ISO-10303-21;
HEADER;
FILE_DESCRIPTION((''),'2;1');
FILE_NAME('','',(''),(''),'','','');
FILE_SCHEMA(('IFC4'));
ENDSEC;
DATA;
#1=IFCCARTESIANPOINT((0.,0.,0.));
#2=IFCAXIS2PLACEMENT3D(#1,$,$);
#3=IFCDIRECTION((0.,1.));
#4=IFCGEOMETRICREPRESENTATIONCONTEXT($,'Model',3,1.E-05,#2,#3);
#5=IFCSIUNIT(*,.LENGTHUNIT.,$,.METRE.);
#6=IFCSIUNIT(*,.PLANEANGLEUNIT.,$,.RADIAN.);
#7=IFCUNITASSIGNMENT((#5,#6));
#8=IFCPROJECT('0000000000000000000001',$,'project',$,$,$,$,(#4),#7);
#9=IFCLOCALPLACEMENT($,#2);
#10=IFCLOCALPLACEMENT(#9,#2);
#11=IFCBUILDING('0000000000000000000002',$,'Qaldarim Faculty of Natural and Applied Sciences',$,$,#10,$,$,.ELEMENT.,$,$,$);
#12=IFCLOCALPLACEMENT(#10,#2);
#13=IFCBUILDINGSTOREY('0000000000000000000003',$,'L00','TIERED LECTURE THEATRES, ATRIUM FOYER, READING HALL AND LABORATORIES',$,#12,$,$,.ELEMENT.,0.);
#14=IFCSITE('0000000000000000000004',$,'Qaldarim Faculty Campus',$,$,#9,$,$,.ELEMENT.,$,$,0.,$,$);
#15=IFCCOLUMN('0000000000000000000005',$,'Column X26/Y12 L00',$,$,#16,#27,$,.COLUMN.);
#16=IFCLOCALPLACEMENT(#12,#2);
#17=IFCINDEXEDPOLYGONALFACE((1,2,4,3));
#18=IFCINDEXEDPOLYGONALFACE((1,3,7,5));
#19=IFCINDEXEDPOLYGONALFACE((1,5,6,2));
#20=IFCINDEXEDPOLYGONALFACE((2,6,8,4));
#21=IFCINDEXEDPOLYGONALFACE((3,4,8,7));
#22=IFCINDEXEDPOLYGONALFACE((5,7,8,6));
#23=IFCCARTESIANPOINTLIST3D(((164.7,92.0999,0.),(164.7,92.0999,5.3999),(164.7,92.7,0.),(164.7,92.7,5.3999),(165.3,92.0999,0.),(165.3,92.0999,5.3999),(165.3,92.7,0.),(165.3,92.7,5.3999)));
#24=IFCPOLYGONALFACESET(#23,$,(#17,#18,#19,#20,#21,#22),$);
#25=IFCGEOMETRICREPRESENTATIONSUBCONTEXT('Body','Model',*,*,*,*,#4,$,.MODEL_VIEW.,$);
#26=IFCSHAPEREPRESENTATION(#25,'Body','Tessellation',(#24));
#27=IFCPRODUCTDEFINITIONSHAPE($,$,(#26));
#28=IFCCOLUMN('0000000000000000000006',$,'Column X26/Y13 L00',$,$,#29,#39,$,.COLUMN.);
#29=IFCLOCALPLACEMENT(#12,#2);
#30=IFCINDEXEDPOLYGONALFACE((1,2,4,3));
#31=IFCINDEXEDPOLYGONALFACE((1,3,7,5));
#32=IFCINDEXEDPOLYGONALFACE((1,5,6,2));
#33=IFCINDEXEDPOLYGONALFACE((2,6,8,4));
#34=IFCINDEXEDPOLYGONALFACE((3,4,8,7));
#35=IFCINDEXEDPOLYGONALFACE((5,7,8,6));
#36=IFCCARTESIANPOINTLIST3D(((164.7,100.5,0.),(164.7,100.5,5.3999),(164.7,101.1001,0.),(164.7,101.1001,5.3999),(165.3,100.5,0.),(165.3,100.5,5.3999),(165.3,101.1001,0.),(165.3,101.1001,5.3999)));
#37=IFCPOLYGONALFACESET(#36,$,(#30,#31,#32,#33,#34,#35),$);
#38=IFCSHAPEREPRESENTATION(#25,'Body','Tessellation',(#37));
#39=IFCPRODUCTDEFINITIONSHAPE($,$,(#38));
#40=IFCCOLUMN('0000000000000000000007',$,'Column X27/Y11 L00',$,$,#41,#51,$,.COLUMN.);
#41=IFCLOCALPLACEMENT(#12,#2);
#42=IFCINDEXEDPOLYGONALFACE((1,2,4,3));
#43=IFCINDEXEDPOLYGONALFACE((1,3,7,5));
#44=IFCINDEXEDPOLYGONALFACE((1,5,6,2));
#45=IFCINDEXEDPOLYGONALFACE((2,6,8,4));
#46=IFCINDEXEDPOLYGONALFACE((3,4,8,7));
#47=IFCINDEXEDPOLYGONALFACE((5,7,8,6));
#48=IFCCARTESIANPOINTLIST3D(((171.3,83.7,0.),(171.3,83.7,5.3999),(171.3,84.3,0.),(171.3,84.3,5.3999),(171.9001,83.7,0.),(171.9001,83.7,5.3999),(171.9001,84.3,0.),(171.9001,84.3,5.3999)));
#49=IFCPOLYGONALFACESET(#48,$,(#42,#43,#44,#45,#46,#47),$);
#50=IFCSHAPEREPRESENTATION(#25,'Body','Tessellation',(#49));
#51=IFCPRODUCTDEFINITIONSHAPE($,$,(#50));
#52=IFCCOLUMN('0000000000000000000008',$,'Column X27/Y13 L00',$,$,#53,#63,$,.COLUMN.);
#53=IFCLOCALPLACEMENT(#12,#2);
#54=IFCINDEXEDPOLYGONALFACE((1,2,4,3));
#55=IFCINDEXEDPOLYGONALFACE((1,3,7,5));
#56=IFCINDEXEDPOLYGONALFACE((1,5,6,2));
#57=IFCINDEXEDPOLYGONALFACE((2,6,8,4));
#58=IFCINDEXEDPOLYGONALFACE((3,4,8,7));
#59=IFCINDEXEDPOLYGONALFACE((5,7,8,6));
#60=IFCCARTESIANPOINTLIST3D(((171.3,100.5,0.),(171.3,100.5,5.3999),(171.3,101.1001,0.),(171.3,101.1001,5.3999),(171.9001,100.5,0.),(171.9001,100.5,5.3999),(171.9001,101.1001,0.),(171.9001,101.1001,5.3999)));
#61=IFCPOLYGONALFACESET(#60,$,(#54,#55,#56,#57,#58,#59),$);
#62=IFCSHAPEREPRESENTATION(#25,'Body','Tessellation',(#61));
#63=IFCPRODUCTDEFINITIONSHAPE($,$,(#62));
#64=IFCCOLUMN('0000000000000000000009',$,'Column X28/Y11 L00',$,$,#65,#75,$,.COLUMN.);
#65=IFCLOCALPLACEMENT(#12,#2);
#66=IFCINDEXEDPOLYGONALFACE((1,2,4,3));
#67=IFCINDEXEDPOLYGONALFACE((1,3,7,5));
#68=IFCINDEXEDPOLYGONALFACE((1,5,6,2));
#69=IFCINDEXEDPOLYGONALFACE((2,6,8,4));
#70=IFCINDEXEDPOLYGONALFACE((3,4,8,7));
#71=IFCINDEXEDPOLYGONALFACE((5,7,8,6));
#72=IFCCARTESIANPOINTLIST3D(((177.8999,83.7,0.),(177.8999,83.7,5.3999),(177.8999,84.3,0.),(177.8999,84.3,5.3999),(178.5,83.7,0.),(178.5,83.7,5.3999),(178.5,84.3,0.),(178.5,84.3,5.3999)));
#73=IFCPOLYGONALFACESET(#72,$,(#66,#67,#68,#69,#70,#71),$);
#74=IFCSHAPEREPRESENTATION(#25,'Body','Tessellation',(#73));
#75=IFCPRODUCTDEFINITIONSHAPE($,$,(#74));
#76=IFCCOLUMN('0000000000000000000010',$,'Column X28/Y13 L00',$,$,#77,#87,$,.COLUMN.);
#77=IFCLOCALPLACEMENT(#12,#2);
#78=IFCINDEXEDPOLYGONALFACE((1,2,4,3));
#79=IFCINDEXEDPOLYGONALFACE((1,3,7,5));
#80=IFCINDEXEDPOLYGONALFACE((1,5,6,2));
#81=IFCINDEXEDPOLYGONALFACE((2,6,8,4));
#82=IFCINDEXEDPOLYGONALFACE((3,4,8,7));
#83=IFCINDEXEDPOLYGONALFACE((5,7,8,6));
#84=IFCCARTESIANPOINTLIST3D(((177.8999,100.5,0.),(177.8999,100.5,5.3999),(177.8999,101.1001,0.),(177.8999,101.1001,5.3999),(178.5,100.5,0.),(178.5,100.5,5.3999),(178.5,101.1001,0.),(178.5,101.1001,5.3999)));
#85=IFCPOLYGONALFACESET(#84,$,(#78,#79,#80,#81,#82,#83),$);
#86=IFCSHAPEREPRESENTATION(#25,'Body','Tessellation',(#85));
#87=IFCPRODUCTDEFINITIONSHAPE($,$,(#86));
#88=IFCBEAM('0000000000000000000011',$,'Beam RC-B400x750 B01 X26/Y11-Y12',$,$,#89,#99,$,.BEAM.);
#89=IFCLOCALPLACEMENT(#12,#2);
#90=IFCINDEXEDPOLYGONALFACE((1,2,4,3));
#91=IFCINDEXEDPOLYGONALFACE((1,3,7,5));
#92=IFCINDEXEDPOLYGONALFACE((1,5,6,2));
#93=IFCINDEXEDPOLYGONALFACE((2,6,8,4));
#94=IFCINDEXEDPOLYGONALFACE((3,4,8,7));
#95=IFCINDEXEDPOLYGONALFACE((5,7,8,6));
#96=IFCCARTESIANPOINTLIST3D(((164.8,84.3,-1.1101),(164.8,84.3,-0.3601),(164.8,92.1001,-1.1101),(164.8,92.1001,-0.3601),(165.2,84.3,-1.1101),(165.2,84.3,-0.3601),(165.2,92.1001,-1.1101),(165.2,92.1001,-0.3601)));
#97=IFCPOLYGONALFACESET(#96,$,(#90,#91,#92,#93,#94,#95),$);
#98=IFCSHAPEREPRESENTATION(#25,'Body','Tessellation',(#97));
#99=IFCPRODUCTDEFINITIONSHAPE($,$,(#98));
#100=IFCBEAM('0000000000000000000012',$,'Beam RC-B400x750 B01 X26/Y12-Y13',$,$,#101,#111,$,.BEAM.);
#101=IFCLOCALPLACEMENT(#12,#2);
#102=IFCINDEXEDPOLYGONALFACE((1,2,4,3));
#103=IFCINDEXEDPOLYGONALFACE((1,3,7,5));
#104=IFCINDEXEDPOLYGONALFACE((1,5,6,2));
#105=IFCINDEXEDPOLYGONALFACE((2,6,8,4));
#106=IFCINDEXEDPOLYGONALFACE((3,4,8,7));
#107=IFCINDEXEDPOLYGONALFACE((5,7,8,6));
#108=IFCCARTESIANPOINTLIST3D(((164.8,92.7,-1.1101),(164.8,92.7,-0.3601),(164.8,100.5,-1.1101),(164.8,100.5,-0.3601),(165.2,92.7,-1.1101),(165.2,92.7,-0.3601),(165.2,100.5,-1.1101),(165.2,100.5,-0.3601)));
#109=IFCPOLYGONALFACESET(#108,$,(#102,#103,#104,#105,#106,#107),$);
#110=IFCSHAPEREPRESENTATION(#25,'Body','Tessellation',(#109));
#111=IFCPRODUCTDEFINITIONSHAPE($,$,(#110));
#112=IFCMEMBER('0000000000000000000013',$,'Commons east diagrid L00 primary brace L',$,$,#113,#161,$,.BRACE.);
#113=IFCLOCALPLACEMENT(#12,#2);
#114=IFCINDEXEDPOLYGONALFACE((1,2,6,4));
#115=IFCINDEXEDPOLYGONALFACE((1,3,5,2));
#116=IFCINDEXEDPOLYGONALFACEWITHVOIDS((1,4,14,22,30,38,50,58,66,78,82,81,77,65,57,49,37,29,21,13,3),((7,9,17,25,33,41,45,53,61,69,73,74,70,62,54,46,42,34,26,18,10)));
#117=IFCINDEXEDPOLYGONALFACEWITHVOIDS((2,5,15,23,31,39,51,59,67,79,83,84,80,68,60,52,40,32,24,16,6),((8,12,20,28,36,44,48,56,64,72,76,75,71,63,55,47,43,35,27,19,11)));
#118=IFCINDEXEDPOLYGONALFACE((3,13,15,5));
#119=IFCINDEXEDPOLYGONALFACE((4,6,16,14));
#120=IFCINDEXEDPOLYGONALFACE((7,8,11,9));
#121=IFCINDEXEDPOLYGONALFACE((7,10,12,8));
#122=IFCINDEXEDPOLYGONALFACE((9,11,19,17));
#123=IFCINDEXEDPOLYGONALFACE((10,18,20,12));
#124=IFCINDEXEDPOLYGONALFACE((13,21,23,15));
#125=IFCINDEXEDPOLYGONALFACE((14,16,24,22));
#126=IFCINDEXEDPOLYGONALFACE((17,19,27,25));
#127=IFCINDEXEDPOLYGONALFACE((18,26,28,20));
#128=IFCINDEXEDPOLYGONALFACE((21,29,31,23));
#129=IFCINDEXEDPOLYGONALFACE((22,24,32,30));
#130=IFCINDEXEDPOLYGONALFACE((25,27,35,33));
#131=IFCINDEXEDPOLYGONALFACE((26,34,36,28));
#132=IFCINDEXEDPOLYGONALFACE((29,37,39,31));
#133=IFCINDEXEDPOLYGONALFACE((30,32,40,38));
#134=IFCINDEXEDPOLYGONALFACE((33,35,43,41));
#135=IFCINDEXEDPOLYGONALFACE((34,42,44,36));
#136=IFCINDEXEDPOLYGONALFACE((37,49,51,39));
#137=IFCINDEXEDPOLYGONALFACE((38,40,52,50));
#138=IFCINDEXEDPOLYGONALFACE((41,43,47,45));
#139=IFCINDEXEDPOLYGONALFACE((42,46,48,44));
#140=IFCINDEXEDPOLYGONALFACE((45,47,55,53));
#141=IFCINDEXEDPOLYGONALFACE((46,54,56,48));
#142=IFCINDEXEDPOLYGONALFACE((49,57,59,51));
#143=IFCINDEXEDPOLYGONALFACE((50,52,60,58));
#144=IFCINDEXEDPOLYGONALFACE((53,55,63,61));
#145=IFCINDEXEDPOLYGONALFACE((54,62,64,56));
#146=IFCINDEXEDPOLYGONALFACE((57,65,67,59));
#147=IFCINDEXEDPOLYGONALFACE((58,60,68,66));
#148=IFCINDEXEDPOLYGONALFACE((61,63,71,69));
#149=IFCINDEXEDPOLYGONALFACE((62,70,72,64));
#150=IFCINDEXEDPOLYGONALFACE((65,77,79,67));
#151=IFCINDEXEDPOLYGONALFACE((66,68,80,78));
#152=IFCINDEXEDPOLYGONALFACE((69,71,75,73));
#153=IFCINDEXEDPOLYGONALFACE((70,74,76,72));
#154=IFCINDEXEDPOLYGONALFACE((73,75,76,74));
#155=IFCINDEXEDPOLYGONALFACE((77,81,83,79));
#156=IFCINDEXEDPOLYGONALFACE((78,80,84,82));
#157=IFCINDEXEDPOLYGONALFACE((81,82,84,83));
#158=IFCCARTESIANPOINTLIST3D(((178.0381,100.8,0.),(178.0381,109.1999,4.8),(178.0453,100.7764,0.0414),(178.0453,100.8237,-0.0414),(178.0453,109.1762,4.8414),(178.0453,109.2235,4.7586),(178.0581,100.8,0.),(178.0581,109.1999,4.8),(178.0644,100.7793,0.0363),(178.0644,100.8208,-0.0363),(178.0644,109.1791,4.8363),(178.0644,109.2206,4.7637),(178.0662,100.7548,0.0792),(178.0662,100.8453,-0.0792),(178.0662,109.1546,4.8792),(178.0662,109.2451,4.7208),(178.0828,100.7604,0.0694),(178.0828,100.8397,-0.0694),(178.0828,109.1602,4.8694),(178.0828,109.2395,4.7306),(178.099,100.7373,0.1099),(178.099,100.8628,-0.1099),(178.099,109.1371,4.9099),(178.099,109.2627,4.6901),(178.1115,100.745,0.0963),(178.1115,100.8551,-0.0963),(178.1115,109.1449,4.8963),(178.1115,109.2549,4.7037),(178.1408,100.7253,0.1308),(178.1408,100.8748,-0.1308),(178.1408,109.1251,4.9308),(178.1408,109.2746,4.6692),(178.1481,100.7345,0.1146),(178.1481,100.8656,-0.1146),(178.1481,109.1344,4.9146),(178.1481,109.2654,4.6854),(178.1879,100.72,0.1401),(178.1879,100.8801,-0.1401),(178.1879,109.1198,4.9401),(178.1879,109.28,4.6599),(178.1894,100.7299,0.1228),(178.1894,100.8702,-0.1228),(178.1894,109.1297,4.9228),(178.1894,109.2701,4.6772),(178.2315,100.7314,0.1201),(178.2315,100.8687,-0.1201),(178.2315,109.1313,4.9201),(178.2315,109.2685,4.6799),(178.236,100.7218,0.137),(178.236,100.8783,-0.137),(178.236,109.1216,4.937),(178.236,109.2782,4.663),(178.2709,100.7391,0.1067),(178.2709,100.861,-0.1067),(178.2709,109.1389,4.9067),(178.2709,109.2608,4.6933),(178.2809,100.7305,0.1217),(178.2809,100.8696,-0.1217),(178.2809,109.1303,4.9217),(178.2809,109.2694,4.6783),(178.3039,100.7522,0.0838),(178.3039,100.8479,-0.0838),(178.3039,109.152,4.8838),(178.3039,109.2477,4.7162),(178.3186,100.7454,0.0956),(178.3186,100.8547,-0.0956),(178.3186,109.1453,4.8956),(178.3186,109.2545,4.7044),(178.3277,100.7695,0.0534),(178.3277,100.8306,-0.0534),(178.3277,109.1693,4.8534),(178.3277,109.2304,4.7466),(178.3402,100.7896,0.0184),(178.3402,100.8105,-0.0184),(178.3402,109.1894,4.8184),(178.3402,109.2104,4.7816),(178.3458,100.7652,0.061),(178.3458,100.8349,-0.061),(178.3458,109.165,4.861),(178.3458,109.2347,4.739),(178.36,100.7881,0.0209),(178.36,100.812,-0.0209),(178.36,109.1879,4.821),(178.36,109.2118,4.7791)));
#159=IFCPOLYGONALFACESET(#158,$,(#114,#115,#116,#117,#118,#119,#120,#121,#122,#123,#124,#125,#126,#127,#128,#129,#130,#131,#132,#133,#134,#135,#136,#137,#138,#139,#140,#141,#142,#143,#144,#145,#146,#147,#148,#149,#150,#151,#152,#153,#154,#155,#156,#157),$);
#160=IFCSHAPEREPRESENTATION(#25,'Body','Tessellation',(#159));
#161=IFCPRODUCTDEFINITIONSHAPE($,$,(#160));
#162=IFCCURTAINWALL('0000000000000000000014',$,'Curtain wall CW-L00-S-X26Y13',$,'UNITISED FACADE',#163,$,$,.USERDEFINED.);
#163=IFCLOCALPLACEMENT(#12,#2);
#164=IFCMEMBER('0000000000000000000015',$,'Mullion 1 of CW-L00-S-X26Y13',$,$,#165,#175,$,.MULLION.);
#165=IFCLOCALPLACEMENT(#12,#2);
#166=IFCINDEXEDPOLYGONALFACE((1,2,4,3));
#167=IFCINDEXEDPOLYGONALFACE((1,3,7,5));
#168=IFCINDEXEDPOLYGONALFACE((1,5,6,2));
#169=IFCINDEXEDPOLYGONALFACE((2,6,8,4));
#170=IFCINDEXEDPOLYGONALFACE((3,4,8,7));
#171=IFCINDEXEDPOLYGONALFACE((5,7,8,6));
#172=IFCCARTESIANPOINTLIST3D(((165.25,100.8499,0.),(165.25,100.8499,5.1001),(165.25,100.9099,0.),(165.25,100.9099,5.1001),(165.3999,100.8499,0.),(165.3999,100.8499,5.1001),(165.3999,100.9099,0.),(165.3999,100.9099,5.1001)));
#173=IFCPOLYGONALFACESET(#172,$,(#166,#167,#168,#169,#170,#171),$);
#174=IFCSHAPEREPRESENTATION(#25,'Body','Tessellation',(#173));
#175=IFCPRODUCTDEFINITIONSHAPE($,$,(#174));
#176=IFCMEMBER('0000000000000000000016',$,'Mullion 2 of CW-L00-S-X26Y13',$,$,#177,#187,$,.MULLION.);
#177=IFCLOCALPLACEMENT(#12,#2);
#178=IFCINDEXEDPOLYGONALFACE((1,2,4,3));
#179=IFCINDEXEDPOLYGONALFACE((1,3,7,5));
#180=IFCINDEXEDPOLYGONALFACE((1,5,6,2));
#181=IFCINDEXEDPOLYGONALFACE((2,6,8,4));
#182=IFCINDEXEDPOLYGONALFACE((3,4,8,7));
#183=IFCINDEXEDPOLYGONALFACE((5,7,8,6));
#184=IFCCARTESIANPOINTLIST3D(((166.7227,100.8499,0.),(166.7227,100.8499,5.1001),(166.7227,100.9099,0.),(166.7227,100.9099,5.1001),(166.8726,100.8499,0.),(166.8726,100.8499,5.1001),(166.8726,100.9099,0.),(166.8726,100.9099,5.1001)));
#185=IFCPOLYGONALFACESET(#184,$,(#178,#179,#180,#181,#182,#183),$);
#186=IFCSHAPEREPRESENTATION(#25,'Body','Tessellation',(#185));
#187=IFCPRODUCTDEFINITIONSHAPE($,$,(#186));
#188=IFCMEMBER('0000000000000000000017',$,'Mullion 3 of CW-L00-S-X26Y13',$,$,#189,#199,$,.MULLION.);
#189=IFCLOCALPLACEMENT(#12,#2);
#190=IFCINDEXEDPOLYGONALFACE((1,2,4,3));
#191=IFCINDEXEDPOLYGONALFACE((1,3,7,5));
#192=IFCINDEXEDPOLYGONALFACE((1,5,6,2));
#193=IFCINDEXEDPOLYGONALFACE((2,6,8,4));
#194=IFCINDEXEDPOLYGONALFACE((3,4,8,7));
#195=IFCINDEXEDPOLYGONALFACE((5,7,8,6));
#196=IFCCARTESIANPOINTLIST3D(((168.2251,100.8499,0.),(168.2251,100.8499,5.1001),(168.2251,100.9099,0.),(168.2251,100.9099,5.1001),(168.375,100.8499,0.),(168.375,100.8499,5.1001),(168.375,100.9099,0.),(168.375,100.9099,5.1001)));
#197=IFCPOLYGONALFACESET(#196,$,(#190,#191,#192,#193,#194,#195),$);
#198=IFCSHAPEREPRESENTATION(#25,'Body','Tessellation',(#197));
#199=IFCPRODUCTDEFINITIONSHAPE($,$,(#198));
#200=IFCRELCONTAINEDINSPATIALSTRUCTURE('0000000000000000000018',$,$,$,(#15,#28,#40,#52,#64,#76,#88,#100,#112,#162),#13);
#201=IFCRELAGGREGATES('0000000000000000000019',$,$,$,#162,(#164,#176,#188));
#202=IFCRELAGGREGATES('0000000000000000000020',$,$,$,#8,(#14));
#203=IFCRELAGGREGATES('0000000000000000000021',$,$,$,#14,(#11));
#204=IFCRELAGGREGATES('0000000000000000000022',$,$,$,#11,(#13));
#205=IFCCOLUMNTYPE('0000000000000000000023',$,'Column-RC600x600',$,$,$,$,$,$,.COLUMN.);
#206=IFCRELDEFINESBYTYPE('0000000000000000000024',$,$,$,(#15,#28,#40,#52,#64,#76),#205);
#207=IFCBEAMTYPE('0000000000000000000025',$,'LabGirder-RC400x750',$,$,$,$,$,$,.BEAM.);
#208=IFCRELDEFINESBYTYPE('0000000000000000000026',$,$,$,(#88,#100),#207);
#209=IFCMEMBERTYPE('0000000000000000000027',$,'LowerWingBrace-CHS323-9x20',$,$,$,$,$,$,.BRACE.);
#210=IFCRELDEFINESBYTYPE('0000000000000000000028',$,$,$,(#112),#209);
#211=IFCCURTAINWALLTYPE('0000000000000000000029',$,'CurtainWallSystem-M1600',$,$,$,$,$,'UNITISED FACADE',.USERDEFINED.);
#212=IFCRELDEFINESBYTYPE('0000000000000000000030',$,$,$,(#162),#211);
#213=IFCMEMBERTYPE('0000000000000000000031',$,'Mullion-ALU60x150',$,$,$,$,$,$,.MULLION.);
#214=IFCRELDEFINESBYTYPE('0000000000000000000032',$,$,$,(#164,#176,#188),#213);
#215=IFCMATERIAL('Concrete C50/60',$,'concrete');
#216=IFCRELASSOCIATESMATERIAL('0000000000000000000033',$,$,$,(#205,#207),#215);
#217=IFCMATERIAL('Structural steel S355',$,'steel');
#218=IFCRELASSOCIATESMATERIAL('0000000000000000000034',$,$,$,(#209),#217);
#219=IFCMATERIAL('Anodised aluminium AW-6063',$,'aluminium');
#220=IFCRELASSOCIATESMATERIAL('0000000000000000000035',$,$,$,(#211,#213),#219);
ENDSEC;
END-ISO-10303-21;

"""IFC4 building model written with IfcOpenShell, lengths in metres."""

from ifc_helpers import new_model, si_unit, direction, frame, origin, origin_2d, place, context, subcontext, project, spatial, rectangle, hollow_circle, extrude, material, material_profile, profile_set, type_object, element, aggregate, save


model = new_model("IFC4")

# Units and contexts
model_context = context("Model", 3, precision=1e-05, world=origin(), true_north=direction((0.0, 1.0)))
body_context = subcontext(model_context, "Body", "Model", "MODEL_VIEW")
ifc_project = project(units=[si_unit("LENGTHUNIT", "METRE"), si_unit("PLANEANGLEUNIT", "RADIAN")], contexts=[model_context])

# Site, building, storey
site_placement = place(None, origin())
site = spatial("IfcSite", under=ifc_project, at=site_placement, Name="Qaldarim Faculty Campus", CompositionType="ELEMENT", RefElevation=0.0)
building_placement = place(site_placement, origin())
building = spatial("IfcBuilding", under=site, at=building_placement, Name="Qaldarim Faculty of Natural and Applied Sciences", CompositionType="ELEMENT")
storey_placement = place(building_placement, origin())
storey = spatial("IfcBuildingStorey", under=building, at=storey_placement, Name="L00", Description="TIERED LECTURE THEATRES, ATRIUM FOYER, READING HALL AND LABORATORIES", CompositionType="ELEMENT", Elevation=0.0)

# Columns
ifc_material_1 = material(Name="Concrete C50/60", Category="concrete")
ifc_material_profile_1 = material_profile(ifc_material_1, rectangle(XDim=0.6001, YDim=0.6001, at=origin_2d()), Name="RC-C600x600")
ifc_profile_set_1 = profile_set([ifc_material_profile_1], Name="Concrete C50/60")
column_type = type_object("IfcColumnType", Name="Column-RC600x600", PredefinedType="COLUMN", material=ifc_profile_set_1)
for number, where, z_axis, x_axis, name in (
    (1, (165.0, 92.3999, 0.0), (0.0, 0.0, 1.0), (1.0, 0.0, 0.0), "Column X26/Y12 L00"),
    (2, (165.0, 100.8, 0.0), (0.0, 0.0, 1.0), (1.0, 0.0, 0.0), "Column X26/Y13 L00"),
    (3, (171.6001, 84.0, 0.0), (0.0, 0.0, 1.0), (1.0, 0.0, 0.0), "Column X27/Y11 L00"),
    (4, (171.6001, 100.8, 0.0), (0.0, 0.0, 1.0), (1.0, 0.0, 0.0), "Column X27/Y13 L00"),
    (5, (178.2, 84.0, 0.0), (0.0, 0.0, 1.0), (1.0, 0.0, 0.0), "Column X28/Y11 L00"),
    (6, (178.2, 100.8, 0.0), (0.0, 0.0, 1.0), (1.0, 0.0, 0.0), "Column X28/Y13 L00"),
):
    element("IfcColumn", number, at=place(storey_placement, frame(where, z_axis=z_axis, x_axis=x_axis)), inside=storey, type_object=column_type, Name=name, PredefinedType="COLUMN", context=body_context, shape_type="SweptSolid", body=[
        extrude(rectangle(XDim=0.6001, YDim=0.6001, at=origin_2d()), origin(), (0.0, 0.0, 1.0), 5.3999),
    ])

# Beams
ifc_material_profile_2 = material_profile(ifc_material_1, rectangle(XDim=0.3999, YDim=0.75, at=origin_2d()), Name="RC-B400x750")
ifc_profile_set_2 = profile_set([ifc_material_profile_2], Name="Concrete C50/60")
beam_type_1 = type_object("IfcBeamType", Name="LabGirder-RC400x750", PredefinedType="BEAM", material=ifc_profile_set_2)
for number, where, z_axis, x_axis, name in (
    (7, (165.0, 84.3, -0.7351), (0.0, 1.0, 0.0), (-1.0, 0.0, 0.0), "Beam RC-B400x750 B01 X26/Y11-Y12"),
    (8, (165.0, 92.7, -0.7351), (0.0, 1.0, 0.0), (-1.0, 0.0, 0.0), "Beam RC-B400x750 B01 X26/Y12-Y13"),
):
    element("IfcBeam", number, at=place(storey_placement, frame(where, z_axis=z_axis, x_axis=x_axis)), inside=storey, type_object=beam_type_1, Name=name, PredefinedType="BEAM", context=body_context, shape_type="SweptSolid", body=[
        extrude(rectangle(XDim=0.3999, YDim=0.75, at=origin_2d()), origin(), (0.0, 0.0, 1.0), 7.8),
    ])

# Member
ifc_material_2 = material(Name="Structural steel S355", Category="steel")
ifc_material_profile_3 = material_profile(ifc_material_2, hollow_circle(Radius=0.1619, WallThickness=0.02, at=origin_2d()), Name="CHS 323.9x20.0")
ifc_profile_set_3 = profile_set([ifc_material_profile_3], Name="Structural steel S355")
member_type_1 = type_object("IfcMemberType", Name="LowerWingBrace-CHS323-9x20", PredefinedType="BRACE", material=ifc_profile_set_3)
member_1_placement = place(storey_placement, frame((178.2, 100.8, 0.0), z_axis=(0.0, 0.868238, 0.496147), x_axis=(-1.0, 0.0, 0.0)))
element("IfcMember", 9, at=member_1_placement, inside=storey, type_object=member_type_1, Name="Commons east diagrid L00 primary brace L", PredefinedType="BRACE", context=body_context, shape_type="SweptSolid", body=[
    extrude(hollow_circle(Radius=0.1619, WallThickness=0.02, at=origin_2d()), origin(), (0.0, 0.0, 1.0), 9.6746),
])

# Curtain wall, members
ifc_material_3 = material(Name="Anodised aluminium AW-6063", Category="aluminium")
curtain_wall_type = type_object("IfcCurtainWallType", Name="CurtainWallSystem-M1600", ElementType="UNITISED FACADE", PredefinedType="USERDEFINED", material=ifc_material_3)
curtain_wall_placement = place(storey_placement, origin())
curtain_wall = element("IfcCurtainWall", 10, at=curtain_wall_placement, inside=storey, type_object=curtain_wall_type, Name="Curtain wall CW-L00-S-X26Y13", ObjectType="UNITISED FACADE", PredefinedType="USERDEFINED")
ifc_material_profile_4 = material_profile(ifc_material_3, rectangle(XDim=0.0601, YDim=0.1499, at=origin_2d()), Name="ALU-M60x150")
ifc_profile_set_4 = profile_set([ifc_material_profile_4], Name="Anodised aluminium AW-6063")
member_type_2 = type_object("IfcMemberType", Name="Mullion-ALU60x150", PredefinedType="MULLION", material=ifc_profile_set_4)
member_2_placement = place(storey_placement, frame((165.325, 100.8799, 0.0), z_axis=(0.0, 0.0, 1.0), x_axis=(0.0, 1.0, 0.0)))
member_2 = element("IfcMember", 11, at=member_2_placement, type_object=member_type_2, Name="Mullion 1 of CW-L00-S-X26Y13", PredefinedType="MULLION", context=body_context, shape_type="SweptSolid", body=[
    extrude(rectangle(XDim=0.0601, YDim=0.1499, at=origin_2d()), origin(), (0.0, 0.0, 1.0), 5.1001),
])
member_3_placement = place(storey_placement, frame((166.7976, 100.8799, 0.0), z_axis=(0.0, 0.0, 1.0), x_axis=(0.0, 1.0, 0.0)))
member_3 = element("IfcMember", 12, at=member_3_placement, type_object=member_type_2, Name="Mullion 2 of CW-L00-S-X26Y13", PredefinedType="MULLION", context=body_context, shape_type="SweptSolid", body=[
    extrude(rectangle(XDim=0.0601, YDim=0.1499, at=origin_2d()), origin(), (0.0, 0.0, 1.0), 5.1001),
])
member_4_placement = place(storey_placement, frame((168.3, 100.8799, 0.0), z_axis=(0.0, 0.0, 1.0), x_axis=(0.0, 1.0, 0.0)))
member_4 = element("IfcMember", 13, at=member_4_placement, type_object=member_type_2, Name="Mullion 3 of CW-L00-S-X26Y13", PredefinedType="MULLION", context=body_context, shape_type="SweptSolid", body=[
    extrude(rectangle(XDim=0.0601, YDim=0.1499, at=origin_2d()), origin(), (0.0, 0.0, 1.0), 5.1001),
])

aggregate(curtain_wall, [member_2, member_3, member_4])

save(model, "model.ifc")
